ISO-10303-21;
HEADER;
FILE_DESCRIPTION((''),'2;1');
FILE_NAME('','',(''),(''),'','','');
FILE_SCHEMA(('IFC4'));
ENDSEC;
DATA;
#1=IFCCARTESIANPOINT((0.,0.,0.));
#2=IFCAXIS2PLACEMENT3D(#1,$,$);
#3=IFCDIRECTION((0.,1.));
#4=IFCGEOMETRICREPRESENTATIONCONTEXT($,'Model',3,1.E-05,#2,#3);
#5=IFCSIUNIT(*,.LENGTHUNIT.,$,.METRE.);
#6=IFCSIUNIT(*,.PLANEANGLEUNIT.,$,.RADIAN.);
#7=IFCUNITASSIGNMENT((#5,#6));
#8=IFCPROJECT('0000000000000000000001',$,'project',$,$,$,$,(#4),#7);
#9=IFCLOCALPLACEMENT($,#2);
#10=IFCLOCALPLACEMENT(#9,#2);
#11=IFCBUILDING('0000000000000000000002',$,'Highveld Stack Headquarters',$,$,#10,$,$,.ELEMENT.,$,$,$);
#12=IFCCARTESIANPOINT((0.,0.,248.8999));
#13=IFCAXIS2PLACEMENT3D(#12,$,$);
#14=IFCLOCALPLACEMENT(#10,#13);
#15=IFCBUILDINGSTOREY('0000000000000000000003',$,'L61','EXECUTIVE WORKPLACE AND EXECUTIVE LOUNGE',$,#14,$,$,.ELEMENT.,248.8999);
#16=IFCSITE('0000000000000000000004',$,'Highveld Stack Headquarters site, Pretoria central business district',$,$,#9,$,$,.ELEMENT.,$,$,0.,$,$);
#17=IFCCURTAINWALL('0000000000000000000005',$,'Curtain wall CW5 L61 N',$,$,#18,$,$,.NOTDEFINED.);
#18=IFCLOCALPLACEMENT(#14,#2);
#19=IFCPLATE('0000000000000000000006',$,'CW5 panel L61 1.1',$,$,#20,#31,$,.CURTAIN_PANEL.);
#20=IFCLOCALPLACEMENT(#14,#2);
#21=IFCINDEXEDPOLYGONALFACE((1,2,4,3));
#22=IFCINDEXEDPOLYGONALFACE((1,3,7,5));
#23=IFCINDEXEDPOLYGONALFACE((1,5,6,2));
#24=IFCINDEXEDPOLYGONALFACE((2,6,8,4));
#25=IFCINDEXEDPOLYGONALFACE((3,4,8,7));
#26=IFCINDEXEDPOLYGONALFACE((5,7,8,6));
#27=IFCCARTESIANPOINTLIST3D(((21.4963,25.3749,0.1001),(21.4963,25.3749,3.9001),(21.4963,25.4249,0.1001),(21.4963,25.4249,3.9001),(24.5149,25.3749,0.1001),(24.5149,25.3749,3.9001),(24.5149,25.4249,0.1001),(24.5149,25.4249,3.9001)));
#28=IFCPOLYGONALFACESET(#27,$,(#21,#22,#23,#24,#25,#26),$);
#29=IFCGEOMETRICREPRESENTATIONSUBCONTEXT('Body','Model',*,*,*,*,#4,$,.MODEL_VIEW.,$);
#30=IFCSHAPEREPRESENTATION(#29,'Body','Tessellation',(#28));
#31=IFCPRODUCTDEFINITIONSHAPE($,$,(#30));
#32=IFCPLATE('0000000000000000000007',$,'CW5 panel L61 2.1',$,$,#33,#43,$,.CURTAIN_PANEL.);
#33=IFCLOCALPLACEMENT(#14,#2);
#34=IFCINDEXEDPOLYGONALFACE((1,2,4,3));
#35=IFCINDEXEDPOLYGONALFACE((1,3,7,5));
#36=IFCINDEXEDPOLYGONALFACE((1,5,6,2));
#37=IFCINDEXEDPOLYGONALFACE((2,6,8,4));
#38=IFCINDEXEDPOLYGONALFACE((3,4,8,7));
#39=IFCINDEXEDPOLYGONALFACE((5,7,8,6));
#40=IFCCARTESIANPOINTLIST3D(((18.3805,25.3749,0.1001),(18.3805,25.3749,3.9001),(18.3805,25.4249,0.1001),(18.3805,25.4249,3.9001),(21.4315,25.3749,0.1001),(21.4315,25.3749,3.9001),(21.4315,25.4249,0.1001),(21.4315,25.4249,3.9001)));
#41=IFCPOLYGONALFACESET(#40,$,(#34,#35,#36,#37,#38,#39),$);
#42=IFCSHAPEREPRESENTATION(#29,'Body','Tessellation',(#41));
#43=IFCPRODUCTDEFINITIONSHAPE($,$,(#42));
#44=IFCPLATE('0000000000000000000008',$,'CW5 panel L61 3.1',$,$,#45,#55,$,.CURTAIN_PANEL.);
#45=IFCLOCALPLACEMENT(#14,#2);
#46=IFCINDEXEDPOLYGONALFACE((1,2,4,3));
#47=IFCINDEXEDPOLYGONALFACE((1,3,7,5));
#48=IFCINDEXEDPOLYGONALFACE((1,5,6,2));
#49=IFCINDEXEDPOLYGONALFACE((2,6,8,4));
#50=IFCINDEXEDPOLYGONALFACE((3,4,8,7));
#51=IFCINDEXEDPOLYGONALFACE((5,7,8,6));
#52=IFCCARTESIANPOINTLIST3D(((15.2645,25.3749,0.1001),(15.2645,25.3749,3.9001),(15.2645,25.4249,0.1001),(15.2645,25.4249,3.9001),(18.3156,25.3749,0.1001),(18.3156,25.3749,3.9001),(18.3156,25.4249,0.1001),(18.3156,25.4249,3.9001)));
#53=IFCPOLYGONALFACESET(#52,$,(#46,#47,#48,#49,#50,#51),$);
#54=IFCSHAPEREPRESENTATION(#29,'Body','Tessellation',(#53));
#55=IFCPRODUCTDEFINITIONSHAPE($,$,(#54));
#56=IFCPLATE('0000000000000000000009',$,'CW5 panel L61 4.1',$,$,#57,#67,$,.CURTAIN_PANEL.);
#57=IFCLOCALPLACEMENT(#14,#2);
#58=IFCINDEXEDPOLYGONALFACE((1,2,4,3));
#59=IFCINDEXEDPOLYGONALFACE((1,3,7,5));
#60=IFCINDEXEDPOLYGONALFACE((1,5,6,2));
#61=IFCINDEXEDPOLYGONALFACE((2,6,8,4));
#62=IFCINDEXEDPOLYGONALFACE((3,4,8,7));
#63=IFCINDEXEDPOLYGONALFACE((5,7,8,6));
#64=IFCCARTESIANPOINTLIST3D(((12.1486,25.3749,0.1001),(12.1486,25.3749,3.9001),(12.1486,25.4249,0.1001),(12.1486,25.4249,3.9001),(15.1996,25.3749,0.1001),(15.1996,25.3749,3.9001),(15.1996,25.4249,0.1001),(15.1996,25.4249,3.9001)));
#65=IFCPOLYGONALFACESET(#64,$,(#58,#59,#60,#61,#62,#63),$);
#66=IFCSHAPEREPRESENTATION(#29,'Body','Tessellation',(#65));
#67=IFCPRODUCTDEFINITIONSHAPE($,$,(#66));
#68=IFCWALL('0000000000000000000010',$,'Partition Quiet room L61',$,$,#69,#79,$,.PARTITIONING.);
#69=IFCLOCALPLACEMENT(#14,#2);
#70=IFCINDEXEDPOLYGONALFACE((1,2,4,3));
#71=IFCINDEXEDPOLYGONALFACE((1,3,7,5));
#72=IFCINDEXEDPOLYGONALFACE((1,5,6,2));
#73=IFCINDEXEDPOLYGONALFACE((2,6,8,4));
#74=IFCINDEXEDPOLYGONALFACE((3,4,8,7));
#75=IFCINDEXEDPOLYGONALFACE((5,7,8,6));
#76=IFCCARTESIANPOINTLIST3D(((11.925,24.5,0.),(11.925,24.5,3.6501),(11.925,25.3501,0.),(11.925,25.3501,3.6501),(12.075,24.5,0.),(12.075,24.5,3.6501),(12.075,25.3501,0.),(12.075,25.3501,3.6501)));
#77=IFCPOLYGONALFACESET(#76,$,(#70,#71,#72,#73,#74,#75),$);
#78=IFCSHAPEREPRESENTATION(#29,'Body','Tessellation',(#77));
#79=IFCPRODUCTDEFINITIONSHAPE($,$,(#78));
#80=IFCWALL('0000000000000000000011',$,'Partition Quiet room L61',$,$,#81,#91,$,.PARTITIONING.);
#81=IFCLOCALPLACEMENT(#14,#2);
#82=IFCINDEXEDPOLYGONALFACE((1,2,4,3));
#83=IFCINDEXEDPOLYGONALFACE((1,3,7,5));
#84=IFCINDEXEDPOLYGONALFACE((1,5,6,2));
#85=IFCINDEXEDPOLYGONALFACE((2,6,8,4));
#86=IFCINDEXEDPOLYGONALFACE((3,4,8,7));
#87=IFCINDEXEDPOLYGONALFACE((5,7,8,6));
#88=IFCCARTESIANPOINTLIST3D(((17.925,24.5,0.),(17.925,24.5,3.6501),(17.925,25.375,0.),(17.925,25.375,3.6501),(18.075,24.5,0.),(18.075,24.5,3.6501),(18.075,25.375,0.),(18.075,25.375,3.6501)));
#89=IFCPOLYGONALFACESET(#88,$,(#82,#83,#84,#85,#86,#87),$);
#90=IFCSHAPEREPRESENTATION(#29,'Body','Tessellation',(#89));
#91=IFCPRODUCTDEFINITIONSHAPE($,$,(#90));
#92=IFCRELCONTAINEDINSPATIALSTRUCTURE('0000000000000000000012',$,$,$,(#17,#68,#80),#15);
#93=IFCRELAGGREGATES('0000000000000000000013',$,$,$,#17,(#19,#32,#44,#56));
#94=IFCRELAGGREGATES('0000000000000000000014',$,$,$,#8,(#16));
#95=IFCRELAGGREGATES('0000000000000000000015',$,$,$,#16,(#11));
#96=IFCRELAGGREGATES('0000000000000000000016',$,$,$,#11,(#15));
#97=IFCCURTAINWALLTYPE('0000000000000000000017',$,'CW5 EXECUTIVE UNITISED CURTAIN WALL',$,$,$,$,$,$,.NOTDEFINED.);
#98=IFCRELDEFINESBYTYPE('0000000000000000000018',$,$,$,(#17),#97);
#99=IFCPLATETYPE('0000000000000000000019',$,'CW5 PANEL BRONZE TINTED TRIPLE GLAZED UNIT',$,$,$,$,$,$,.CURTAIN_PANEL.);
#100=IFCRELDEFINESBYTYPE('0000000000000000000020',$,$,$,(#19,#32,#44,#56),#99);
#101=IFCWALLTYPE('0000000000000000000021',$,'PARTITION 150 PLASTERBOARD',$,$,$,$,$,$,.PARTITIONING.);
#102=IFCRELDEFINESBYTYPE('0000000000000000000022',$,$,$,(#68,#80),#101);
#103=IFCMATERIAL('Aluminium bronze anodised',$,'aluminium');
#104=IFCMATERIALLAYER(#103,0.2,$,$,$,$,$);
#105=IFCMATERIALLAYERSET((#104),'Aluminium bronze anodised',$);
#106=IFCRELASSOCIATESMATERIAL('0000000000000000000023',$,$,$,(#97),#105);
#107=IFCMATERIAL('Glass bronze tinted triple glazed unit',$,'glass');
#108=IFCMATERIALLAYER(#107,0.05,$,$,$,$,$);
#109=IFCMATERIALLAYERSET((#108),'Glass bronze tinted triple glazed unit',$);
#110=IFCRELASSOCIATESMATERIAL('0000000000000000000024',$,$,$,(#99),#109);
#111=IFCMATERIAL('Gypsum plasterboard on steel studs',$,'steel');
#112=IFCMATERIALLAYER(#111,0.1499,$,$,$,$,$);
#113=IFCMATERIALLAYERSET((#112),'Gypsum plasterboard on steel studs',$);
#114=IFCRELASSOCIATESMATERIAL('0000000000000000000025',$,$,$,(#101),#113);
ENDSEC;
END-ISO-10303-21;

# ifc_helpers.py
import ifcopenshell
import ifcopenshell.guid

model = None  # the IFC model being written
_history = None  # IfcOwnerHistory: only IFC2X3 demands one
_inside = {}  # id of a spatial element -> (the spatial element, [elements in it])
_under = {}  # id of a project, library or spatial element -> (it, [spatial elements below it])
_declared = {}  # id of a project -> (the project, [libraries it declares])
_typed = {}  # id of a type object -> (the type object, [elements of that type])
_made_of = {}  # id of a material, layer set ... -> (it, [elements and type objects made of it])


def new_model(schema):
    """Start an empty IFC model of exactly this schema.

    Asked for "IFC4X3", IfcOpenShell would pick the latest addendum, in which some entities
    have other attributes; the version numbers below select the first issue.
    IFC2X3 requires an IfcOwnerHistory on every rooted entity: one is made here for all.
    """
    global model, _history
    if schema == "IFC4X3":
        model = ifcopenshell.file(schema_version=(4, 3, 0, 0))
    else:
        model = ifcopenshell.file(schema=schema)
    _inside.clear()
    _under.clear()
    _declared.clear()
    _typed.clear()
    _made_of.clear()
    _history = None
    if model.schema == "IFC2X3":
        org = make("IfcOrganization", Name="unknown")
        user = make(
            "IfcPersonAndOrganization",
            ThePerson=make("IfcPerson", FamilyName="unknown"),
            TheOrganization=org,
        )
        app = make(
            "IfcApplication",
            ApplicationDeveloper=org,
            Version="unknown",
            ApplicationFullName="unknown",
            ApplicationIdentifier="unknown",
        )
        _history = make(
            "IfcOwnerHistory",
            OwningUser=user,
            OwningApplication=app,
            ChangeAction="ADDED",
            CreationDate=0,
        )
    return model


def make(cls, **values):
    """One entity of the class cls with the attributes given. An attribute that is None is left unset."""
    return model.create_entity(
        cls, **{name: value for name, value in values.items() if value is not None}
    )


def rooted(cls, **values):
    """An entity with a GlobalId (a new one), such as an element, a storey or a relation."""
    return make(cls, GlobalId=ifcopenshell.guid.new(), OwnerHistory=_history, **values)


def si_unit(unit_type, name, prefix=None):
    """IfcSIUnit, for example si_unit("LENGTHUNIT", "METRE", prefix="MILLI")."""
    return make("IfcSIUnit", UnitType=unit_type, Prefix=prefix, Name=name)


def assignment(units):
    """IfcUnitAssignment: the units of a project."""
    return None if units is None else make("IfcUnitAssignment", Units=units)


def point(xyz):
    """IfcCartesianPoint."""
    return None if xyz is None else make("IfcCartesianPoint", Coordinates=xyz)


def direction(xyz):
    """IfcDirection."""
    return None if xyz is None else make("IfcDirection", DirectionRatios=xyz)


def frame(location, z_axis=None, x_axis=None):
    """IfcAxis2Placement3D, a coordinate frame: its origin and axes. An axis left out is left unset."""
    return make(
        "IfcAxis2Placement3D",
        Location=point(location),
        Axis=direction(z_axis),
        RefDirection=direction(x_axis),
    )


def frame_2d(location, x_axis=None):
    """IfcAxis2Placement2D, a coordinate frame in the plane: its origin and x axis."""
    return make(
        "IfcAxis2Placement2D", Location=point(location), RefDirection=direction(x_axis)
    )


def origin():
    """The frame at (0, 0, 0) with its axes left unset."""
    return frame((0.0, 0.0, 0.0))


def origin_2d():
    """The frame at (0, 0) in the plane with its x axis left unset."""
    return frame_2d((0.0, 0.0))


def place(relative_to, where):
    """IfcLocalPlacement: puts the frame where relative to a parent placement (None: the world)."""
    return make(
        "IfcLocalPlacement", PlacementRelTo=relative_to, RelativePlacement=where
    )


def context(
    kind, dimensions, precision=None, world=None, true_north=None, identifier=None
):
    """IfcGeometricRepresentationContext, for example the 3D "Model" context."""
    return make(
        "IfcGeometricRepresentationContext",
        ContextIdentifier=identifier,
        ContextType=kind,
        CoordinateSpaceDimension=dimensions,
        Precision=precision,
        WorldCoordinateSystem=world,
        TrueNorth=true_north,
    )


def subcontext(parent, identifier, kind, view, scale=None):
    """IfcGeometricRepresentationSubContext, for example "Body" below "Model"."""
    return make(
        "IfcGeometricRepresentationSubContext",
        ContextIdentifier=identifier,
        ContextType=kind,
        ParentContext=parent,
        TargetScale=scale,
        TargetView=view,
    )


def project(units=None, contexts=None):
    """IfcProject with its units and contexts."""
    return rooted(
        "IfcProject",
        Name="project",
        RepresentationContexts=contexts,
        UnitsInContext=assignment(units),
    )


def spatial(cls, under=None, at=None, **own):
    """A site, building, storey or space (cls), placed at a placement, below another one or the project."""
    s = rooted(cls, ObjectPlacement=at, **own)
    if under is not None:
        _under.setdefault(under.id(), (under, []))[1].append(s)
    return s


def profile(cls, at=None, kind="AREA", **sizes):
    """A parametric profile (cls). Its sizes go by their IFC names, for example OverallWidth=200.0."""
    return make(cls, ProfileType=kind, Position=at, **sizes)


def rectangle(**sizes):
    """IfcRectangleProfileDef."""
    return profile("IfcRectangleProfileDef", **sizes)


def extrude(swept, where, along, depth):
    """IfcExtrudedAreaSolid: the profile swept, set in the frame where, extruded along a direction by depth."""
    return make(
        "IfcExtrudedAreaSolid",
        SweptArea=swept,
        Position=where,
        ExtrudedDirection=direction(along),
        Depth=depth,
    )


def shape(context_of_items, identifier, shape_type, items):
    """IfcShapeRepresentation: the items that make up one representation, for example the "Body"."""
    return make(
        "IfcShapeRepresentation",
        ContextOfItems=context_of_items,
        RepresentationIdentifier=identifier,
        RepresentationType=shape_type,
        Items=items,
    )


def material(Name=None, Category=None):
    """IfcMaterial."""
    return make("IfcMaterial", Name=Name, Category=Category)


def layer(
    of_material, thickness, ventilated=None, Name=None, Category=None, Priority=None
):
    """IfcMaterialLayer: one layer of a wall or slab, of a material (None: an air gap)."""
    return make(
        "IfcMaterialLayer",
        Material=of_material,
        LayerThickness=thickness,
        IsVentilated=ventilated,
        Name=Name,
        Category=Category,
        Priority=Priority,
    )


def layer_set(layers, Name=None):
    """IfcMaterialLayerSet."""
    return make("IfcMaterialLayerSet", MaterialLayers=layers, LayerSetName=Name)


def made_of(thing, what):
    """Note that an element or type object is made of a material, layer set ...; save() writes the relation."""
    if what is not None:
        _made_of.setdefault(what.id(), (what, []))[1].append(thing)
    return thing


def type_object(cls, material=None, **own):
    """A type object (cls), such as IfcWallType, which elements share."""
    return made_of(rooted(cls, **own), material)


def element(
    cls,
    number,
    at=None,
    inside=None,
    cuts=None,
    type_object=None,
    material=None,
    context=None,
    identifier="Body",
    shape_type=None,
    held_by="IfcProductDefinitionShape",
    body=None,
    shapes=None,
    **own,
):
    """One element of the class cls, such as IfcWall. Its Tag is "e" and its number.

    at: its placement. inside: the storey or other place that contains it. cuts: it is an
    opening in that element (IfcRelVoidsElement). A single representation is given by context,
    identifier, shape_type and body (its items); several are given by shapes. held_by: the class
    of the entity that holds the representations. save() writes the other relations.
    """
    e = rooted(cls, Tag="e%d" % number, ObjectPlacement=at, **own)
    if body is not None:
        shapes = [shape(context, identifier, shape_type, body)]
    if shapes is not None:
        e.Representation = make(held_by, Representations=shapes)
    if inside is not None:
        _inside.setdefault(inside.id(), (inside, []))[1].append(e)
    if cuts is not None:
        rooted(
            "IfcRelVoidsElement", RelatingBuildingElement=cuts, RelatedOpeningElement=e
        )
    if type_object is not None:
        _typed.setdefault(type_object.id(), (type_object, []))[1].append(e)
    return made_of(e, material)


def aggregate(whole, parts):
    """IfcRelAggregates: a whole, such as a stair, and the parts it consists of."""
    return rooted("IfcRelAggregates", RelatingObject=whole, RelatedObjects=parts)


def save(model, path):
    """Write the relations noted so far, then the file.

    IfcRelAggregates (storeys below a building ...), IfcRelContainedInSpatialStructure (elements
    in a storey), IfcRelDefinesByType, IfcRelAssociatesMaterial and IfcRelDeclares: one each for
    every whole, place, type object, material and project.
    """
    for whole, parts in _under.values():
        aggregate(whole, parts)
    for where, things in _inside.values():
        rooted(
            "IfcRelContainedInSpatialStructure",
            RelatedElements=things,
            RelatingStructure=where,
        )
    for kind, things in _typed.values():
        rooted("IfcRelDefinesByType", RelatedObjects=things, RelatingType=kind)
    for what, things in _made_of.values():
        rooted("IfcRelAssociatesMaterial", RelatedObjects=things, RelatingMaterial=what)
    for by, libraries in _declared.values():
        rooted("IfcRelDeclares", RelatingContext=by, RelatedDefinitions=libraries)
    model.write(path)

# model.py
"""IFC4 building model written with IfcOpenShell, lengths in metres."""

from ifc_helpers import new_model, si_unit, direction, frame, frame_2d, origin, origin_2d, place, context, subcontext, project, spatial, rectangle, extrude, material, layer, layer_set, type_object, element, aggregate, save


model = new_model("IFC4")

# Units and contexts
model_context = context("Model", 3, precision=1e-05, world=origin(), true_north=direction((0.0, 1.0)))
body_context = subcontext(model_context, "Body", "Model", "MODEL_VIEW")
ifc_project = project(units=[si_unit("LENGTHUNIT", "METRE"), si_unit("PLANEANGLEUNIT", "RADIAN")], contexts=[model_context])

# Site, building, storey
site_placement = place(None, origin())
site = spatial("IfcSite", under=ifc_project, at=site_placement, Name="Highveld Stack Headquarters site, Pretoria central business district", CompositionType="ELEMENT", RefElevation=0.0)
building_placement = place(site_placement, origin())
building = spatial("IfcBuilding", under=site, at=building_placement, Name="Highveld Stack Headquarters", CompositionType="ELEMENT")
storey_placement = place(building_placement, frame((0.0, 0.0, 248.8999)))
storey = spatial("IfcBuildingStorey", under=building, at=storey_placement, Name="L61", Description="EXECUTIVE WORKPLACE AND EXECUTIVE LOUNGE", CompositionType="ELEMENT", Elevation=248.8999)

# Curtain wall, plates
ifc_material_1 = material(Name="Aluminium bronze anodised", Category="aluminium")
ifc_layer_1 = layer(ifc_material_1, 0.2)
ifc_layer_set_1 = layer_set([ifc_layer_1], Name="Aluminium bronze anodised")
curtain_wall_type = type_object("IfcCurtainWallType", Name="CW5 EXECUTIVE UNITISED CURTAIN WALL", PredefinedType="NOTDEFINED", material=ifc_layer_set_1)
curtain_wall_placement = place(storey_placement, origin())
curtain_wall = element("IfcCurtainWall", 1, at=curtain_wall_placement, inside=storey, type_object=curtain_wall_type, Name="Curtain wall CW5 L61 N", PredefinedType="NOTDEFINED")
ifc_material_2 = material(Name="Glass bronze tinted triple glazed unit", Category="glass")
ifc_layer_2 = layer(ifc_material_2, 0.05)
ifc_layer_set_2 = layer_set([ifc_layer_2], Name="Glass bronze tinted triple glazed unit")
plate_type = type_object("IfcPlateType", Name="CW5 PANEL BRONZE TINTED TRIPLE GLAZED UNIT", PredefinedType="CURTAIN_PANEL", material=ifc_layer_set_2)
plate_1_placement = place(storey_placement, frame((23.0056, 25.3999, 0.1001), z_axis=(0.0, 0.0, 1.0), x_axis=(-1.0, 0.0, 0.0)))
plate_1 = element("IfcPlate", 2, at=plate_1_placement, type_object=plate_type, Name="CW5 panel L61 1.1", PredefinedType="CURTAIN_PANEL", context=body_context, shape_type="SweptSolid", body=[
    extrude(rectangle(XDim=3.0186, YDim=0.05, at=origin_2d()), origin(), (0.0, 0.0, 1.0), 3.8),
])
plate_2_placement = place(storey_placement, frame((19.906, 25.3999, 0.1001), z_axis=(0.0, 0.0, 1.0), x_axis=(-1.0, 0.0, 0.0)))
plate_2 = element("IfcPlate", 3, at=plate_2_placement, type_object=plate_type, Name="CW5 panel L61 2.1", PredefinedType="CURTAIN_PANEL", context=body_context, shape_type="SweptSolid", body=[
    extrude(rectangle(XDim=3.051, YDim=0.05, at=origin_2d()), origin(), (0.0, 0.0, 1.0), 3.8),
])
plate_3_placement = place(storey_placement, frame((16.79, 25.3999, 0.1001), z_axis=(0.0, 0.0, 1.0), x_axis=(-1.0, 0.0, 0.0)))
plate_3 = element("IfcPlate", 4, at=plate_3_placement, type_object=plate_type, Name="CW5 panel L61 3.1", PredefinedType="CURTAIN_PANEL", context=body_context, shape_type="SweptSolid", body=[
    extrude(rectangle(XDim=3.051, YDim=0.05, at=origin_2d()), origin(), (0.0, 0.0, 1.0), 3.8),
])
plate_4_placement = place(storey_placement, frame((13.6741, 25.3999, 0.1001), z_axis=(0.0, 0.0, 1.0), x_axis=(-1.0, 0.0, 0.0)))
plate_4 = element("IfcPlate", 5, at=plate_4_placement, type_object=plate_type, Name="CW5 panel L61 4.1", PredefinedType="CURTAIN_PANEL", context=body_context, shape_type="SweptSolid", body=[
    extrude(rectangle(XDim=3.051, YDim=0.05, at=origin_2d()), origin(), (0.0, 0.0, 1.0), 3.8),
])
aggregate(curtain_wall, [plate_1, plate_2, plate_3, plate_4])

# Walls
ifc_material_3 = material(Name="Gypsum plasterboard on steel studs", Category="steel")
ifc_layer_3 = layer(ifc_material_3, 0.1499)
ifc_layer_set_3 = layer_set([ifc_layer_3], Name="Gypsum plasterboard on steel studs")
wall_type = type_object("IfcWallType", Name="PARTITION 150 PLASTERBOARD", PredefinedType="PARTITIONING", material=ifc_layer_set_3)
wall_1_placement = place(storey_placement, frame((12.0, 24.5, 0.0), z_axis=(0.0, 0.0, 1.0), x_axis=(0.0, 1.0, 0.0)))
element("IfcWall", 6, at=wall_1_placement, inside=storey, type_object=wall_type, Name="Partition Quiet room L61", PredefinedType="PARTITIONING", context=body_context, shape_type="SweptSolid", body=[
    extrude(rectangle(XDim=0.8501, YDim=0.1499, at=frame_2d((0.425, 0.0))), origin(), (0.0, 0.0, 1.0), 3.6501),
])
wall_2_placement = place(storey_placement, frame((18.0, 24.5, 0.0), z_axis=(0.0, 0.0, 1.0), x_axis=(0.0, 1.0, 0.0)))
element("IfcWall", 7, at=wall_2_placement, inside=storey, type_object=wall_type, Name="Partition Quiet room L61", PredefinedType="PARTITIONING", context=body_context, shape_type="SweptSolid", body=[
    extrude(rectangle(XDim=0.875, YDim=0.1499, at=frame_2d((0.4375, 0.0))), origin(), (0.0, 0.0, 1.0), 3.6501),
])

save(model, "model.ifc")
